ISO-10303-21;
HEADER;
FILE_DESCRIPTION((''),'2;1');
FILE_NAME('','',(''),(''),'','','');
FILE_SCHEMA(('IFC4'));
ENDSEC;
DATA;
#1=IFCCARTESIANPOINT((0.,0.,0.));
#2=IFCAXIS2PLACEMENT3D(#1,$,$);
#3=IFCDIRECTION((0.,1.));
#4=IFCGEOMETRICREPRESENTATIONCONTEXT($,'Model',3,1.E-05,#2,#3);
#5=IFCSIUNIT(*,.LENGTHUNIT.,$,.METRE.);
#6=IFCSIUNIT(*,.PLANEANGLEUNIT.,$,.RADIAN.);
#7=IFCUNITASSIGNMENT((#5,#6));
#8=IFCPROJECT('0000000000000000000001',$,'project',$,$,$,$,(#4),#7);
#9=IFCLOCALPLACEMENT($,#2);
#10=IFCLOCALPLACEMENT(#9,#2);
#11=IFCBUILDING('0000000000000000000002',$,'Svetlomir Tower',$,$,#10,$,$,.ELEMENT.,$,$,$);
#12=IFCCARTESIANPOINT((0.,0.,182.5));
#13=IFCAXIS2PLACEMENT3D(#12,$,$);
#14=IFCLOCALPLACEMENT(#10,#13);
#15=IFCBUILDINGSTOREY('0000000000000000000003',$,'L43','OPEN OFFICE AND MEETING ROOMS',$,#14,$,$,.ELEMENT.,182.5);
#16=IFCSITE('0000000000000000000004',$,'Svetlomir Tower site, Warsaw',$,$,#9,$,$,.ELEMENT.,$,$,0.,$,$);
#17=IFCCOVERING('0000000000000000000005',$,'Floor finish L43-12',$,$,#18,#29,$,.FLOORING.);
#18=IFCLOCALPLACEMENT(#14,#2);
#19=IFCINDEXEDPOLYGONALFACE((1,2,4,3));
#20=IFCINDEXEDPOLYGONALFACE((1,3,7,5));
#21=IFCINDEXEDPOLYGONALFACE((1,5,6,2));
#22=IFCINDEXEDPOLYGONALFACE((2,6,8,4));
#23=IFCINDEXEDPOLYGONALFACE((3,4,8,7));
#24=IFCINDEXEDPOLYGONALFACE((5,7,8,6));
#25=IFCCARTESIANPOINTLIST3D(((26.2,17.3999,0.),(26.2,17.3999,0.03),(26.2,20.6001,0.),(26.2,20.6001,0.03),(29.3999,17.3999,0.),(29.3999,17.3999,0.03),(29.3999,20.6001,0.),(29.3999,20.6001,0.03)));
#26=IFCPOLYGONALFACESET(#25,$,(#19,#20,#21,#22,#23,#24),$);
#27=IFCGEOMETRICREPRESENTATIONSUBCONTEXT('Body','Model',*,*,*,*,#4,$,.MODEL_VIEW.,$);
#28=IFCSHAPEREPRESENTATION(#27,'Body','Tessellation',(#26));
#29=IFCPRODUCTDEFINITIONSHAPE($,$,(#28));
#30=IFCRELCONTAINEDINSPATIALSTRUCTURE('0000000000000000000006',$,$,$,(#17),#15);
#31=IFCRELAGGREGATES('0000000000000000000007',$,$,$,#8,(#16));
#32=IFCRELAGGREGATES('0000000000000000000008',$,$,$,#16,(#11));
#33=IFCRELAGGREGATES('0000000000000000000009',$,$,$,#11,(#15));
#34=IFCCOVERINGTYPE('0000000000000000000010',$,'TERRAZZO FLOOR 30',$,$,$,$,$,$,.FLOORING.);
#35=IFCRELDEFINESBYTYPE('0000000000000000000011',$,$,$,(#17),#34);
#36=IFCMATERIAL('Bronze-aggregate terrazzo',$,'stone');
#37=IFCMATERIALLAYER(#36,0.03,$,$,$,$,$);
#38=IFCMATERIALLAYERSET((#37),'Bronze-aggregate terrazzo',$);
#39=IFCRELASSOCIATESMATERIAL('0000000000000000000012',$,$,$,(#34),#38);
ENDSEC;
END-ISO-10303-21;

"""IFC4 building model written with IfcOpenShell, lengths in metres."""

from ifc_helpers import new_model, si_unit, direction, frame, origin, place, context, subcontext, project, spatial, polyline, outline, extrude, material, layer, layer_set, type_object, element, save


model = new_model("IFC4")

# Units and contexts
model_context = context("Model", 3, precision=1e-05, world=origin(), true_north=direction((0.0, 1.0)))
body_context = subcontext(model_context, "Body", "Model", "MODEL_VIEW")
ifc_project = project(units=[si_unit("LENGTHUNIT", "METRE"), si_unit("PLANEANGLEUNIT", "RADIAN")], contexts=[model_context])

# Site, building, storey
site_placement = place(None, origin())
site = spatial("IfcSite", under=ifc_project, at=site_placement, Name="Svetlomir Tower site, Warsaw", CompositionType="ELEMENT", RefElevation=0.0)
building_placement = place(site_placement, origin())
building = spatial("IfcBuilding", under=site, at=building_placement, Name="Svetlomir Tower", CompositionType="ELEMENT")
storey_placement = place(building_placement, frame((0.0, 0.0, 182.5)))
storey = spatial("IfcBuildingStorey", under=building, at=storey_placement, Name="L43", Description="OPEN OFFICE AND MEETING ROOMS", CompositionType="ELEMENT", Elevation=182.5)

# Covering
ifc_material_1 = material(Name="Bronze-aggregate terrazzo", Category="stone")
ifc_layer_1 = layer(ifc_material_1, 0.03)
ifc_layer_set_1 = layer_set([ifc_layer_1], Name="Bronze-aggregate terrazzo")
covering_type_1 = type_object("IfcCoveringType", Name="TERRAZZO FLOOR 30", PredefinedType="FLOORING", material=ifc_layer_set_1)
covering_1_placement = place(storey_placement, origin())
element("IfcCovering", 1, at=covering_1_placement, inside=storey, type_object=covering_type_1, Name="Floor finish L43-12", PredefinedType="FLOORING", context=body_context, shape_type="SweptSolid", body=[
    extrude(outline(polyline([(26.2, 17.3999), (29.3999, 17.3999), (29.3999, 20.6001), (26.2, 20.6001), (26.2, 17.3999)])), origin(), (0.0, 0.0, 1.0), 0.03),
])

save(model, "model.ifc")
